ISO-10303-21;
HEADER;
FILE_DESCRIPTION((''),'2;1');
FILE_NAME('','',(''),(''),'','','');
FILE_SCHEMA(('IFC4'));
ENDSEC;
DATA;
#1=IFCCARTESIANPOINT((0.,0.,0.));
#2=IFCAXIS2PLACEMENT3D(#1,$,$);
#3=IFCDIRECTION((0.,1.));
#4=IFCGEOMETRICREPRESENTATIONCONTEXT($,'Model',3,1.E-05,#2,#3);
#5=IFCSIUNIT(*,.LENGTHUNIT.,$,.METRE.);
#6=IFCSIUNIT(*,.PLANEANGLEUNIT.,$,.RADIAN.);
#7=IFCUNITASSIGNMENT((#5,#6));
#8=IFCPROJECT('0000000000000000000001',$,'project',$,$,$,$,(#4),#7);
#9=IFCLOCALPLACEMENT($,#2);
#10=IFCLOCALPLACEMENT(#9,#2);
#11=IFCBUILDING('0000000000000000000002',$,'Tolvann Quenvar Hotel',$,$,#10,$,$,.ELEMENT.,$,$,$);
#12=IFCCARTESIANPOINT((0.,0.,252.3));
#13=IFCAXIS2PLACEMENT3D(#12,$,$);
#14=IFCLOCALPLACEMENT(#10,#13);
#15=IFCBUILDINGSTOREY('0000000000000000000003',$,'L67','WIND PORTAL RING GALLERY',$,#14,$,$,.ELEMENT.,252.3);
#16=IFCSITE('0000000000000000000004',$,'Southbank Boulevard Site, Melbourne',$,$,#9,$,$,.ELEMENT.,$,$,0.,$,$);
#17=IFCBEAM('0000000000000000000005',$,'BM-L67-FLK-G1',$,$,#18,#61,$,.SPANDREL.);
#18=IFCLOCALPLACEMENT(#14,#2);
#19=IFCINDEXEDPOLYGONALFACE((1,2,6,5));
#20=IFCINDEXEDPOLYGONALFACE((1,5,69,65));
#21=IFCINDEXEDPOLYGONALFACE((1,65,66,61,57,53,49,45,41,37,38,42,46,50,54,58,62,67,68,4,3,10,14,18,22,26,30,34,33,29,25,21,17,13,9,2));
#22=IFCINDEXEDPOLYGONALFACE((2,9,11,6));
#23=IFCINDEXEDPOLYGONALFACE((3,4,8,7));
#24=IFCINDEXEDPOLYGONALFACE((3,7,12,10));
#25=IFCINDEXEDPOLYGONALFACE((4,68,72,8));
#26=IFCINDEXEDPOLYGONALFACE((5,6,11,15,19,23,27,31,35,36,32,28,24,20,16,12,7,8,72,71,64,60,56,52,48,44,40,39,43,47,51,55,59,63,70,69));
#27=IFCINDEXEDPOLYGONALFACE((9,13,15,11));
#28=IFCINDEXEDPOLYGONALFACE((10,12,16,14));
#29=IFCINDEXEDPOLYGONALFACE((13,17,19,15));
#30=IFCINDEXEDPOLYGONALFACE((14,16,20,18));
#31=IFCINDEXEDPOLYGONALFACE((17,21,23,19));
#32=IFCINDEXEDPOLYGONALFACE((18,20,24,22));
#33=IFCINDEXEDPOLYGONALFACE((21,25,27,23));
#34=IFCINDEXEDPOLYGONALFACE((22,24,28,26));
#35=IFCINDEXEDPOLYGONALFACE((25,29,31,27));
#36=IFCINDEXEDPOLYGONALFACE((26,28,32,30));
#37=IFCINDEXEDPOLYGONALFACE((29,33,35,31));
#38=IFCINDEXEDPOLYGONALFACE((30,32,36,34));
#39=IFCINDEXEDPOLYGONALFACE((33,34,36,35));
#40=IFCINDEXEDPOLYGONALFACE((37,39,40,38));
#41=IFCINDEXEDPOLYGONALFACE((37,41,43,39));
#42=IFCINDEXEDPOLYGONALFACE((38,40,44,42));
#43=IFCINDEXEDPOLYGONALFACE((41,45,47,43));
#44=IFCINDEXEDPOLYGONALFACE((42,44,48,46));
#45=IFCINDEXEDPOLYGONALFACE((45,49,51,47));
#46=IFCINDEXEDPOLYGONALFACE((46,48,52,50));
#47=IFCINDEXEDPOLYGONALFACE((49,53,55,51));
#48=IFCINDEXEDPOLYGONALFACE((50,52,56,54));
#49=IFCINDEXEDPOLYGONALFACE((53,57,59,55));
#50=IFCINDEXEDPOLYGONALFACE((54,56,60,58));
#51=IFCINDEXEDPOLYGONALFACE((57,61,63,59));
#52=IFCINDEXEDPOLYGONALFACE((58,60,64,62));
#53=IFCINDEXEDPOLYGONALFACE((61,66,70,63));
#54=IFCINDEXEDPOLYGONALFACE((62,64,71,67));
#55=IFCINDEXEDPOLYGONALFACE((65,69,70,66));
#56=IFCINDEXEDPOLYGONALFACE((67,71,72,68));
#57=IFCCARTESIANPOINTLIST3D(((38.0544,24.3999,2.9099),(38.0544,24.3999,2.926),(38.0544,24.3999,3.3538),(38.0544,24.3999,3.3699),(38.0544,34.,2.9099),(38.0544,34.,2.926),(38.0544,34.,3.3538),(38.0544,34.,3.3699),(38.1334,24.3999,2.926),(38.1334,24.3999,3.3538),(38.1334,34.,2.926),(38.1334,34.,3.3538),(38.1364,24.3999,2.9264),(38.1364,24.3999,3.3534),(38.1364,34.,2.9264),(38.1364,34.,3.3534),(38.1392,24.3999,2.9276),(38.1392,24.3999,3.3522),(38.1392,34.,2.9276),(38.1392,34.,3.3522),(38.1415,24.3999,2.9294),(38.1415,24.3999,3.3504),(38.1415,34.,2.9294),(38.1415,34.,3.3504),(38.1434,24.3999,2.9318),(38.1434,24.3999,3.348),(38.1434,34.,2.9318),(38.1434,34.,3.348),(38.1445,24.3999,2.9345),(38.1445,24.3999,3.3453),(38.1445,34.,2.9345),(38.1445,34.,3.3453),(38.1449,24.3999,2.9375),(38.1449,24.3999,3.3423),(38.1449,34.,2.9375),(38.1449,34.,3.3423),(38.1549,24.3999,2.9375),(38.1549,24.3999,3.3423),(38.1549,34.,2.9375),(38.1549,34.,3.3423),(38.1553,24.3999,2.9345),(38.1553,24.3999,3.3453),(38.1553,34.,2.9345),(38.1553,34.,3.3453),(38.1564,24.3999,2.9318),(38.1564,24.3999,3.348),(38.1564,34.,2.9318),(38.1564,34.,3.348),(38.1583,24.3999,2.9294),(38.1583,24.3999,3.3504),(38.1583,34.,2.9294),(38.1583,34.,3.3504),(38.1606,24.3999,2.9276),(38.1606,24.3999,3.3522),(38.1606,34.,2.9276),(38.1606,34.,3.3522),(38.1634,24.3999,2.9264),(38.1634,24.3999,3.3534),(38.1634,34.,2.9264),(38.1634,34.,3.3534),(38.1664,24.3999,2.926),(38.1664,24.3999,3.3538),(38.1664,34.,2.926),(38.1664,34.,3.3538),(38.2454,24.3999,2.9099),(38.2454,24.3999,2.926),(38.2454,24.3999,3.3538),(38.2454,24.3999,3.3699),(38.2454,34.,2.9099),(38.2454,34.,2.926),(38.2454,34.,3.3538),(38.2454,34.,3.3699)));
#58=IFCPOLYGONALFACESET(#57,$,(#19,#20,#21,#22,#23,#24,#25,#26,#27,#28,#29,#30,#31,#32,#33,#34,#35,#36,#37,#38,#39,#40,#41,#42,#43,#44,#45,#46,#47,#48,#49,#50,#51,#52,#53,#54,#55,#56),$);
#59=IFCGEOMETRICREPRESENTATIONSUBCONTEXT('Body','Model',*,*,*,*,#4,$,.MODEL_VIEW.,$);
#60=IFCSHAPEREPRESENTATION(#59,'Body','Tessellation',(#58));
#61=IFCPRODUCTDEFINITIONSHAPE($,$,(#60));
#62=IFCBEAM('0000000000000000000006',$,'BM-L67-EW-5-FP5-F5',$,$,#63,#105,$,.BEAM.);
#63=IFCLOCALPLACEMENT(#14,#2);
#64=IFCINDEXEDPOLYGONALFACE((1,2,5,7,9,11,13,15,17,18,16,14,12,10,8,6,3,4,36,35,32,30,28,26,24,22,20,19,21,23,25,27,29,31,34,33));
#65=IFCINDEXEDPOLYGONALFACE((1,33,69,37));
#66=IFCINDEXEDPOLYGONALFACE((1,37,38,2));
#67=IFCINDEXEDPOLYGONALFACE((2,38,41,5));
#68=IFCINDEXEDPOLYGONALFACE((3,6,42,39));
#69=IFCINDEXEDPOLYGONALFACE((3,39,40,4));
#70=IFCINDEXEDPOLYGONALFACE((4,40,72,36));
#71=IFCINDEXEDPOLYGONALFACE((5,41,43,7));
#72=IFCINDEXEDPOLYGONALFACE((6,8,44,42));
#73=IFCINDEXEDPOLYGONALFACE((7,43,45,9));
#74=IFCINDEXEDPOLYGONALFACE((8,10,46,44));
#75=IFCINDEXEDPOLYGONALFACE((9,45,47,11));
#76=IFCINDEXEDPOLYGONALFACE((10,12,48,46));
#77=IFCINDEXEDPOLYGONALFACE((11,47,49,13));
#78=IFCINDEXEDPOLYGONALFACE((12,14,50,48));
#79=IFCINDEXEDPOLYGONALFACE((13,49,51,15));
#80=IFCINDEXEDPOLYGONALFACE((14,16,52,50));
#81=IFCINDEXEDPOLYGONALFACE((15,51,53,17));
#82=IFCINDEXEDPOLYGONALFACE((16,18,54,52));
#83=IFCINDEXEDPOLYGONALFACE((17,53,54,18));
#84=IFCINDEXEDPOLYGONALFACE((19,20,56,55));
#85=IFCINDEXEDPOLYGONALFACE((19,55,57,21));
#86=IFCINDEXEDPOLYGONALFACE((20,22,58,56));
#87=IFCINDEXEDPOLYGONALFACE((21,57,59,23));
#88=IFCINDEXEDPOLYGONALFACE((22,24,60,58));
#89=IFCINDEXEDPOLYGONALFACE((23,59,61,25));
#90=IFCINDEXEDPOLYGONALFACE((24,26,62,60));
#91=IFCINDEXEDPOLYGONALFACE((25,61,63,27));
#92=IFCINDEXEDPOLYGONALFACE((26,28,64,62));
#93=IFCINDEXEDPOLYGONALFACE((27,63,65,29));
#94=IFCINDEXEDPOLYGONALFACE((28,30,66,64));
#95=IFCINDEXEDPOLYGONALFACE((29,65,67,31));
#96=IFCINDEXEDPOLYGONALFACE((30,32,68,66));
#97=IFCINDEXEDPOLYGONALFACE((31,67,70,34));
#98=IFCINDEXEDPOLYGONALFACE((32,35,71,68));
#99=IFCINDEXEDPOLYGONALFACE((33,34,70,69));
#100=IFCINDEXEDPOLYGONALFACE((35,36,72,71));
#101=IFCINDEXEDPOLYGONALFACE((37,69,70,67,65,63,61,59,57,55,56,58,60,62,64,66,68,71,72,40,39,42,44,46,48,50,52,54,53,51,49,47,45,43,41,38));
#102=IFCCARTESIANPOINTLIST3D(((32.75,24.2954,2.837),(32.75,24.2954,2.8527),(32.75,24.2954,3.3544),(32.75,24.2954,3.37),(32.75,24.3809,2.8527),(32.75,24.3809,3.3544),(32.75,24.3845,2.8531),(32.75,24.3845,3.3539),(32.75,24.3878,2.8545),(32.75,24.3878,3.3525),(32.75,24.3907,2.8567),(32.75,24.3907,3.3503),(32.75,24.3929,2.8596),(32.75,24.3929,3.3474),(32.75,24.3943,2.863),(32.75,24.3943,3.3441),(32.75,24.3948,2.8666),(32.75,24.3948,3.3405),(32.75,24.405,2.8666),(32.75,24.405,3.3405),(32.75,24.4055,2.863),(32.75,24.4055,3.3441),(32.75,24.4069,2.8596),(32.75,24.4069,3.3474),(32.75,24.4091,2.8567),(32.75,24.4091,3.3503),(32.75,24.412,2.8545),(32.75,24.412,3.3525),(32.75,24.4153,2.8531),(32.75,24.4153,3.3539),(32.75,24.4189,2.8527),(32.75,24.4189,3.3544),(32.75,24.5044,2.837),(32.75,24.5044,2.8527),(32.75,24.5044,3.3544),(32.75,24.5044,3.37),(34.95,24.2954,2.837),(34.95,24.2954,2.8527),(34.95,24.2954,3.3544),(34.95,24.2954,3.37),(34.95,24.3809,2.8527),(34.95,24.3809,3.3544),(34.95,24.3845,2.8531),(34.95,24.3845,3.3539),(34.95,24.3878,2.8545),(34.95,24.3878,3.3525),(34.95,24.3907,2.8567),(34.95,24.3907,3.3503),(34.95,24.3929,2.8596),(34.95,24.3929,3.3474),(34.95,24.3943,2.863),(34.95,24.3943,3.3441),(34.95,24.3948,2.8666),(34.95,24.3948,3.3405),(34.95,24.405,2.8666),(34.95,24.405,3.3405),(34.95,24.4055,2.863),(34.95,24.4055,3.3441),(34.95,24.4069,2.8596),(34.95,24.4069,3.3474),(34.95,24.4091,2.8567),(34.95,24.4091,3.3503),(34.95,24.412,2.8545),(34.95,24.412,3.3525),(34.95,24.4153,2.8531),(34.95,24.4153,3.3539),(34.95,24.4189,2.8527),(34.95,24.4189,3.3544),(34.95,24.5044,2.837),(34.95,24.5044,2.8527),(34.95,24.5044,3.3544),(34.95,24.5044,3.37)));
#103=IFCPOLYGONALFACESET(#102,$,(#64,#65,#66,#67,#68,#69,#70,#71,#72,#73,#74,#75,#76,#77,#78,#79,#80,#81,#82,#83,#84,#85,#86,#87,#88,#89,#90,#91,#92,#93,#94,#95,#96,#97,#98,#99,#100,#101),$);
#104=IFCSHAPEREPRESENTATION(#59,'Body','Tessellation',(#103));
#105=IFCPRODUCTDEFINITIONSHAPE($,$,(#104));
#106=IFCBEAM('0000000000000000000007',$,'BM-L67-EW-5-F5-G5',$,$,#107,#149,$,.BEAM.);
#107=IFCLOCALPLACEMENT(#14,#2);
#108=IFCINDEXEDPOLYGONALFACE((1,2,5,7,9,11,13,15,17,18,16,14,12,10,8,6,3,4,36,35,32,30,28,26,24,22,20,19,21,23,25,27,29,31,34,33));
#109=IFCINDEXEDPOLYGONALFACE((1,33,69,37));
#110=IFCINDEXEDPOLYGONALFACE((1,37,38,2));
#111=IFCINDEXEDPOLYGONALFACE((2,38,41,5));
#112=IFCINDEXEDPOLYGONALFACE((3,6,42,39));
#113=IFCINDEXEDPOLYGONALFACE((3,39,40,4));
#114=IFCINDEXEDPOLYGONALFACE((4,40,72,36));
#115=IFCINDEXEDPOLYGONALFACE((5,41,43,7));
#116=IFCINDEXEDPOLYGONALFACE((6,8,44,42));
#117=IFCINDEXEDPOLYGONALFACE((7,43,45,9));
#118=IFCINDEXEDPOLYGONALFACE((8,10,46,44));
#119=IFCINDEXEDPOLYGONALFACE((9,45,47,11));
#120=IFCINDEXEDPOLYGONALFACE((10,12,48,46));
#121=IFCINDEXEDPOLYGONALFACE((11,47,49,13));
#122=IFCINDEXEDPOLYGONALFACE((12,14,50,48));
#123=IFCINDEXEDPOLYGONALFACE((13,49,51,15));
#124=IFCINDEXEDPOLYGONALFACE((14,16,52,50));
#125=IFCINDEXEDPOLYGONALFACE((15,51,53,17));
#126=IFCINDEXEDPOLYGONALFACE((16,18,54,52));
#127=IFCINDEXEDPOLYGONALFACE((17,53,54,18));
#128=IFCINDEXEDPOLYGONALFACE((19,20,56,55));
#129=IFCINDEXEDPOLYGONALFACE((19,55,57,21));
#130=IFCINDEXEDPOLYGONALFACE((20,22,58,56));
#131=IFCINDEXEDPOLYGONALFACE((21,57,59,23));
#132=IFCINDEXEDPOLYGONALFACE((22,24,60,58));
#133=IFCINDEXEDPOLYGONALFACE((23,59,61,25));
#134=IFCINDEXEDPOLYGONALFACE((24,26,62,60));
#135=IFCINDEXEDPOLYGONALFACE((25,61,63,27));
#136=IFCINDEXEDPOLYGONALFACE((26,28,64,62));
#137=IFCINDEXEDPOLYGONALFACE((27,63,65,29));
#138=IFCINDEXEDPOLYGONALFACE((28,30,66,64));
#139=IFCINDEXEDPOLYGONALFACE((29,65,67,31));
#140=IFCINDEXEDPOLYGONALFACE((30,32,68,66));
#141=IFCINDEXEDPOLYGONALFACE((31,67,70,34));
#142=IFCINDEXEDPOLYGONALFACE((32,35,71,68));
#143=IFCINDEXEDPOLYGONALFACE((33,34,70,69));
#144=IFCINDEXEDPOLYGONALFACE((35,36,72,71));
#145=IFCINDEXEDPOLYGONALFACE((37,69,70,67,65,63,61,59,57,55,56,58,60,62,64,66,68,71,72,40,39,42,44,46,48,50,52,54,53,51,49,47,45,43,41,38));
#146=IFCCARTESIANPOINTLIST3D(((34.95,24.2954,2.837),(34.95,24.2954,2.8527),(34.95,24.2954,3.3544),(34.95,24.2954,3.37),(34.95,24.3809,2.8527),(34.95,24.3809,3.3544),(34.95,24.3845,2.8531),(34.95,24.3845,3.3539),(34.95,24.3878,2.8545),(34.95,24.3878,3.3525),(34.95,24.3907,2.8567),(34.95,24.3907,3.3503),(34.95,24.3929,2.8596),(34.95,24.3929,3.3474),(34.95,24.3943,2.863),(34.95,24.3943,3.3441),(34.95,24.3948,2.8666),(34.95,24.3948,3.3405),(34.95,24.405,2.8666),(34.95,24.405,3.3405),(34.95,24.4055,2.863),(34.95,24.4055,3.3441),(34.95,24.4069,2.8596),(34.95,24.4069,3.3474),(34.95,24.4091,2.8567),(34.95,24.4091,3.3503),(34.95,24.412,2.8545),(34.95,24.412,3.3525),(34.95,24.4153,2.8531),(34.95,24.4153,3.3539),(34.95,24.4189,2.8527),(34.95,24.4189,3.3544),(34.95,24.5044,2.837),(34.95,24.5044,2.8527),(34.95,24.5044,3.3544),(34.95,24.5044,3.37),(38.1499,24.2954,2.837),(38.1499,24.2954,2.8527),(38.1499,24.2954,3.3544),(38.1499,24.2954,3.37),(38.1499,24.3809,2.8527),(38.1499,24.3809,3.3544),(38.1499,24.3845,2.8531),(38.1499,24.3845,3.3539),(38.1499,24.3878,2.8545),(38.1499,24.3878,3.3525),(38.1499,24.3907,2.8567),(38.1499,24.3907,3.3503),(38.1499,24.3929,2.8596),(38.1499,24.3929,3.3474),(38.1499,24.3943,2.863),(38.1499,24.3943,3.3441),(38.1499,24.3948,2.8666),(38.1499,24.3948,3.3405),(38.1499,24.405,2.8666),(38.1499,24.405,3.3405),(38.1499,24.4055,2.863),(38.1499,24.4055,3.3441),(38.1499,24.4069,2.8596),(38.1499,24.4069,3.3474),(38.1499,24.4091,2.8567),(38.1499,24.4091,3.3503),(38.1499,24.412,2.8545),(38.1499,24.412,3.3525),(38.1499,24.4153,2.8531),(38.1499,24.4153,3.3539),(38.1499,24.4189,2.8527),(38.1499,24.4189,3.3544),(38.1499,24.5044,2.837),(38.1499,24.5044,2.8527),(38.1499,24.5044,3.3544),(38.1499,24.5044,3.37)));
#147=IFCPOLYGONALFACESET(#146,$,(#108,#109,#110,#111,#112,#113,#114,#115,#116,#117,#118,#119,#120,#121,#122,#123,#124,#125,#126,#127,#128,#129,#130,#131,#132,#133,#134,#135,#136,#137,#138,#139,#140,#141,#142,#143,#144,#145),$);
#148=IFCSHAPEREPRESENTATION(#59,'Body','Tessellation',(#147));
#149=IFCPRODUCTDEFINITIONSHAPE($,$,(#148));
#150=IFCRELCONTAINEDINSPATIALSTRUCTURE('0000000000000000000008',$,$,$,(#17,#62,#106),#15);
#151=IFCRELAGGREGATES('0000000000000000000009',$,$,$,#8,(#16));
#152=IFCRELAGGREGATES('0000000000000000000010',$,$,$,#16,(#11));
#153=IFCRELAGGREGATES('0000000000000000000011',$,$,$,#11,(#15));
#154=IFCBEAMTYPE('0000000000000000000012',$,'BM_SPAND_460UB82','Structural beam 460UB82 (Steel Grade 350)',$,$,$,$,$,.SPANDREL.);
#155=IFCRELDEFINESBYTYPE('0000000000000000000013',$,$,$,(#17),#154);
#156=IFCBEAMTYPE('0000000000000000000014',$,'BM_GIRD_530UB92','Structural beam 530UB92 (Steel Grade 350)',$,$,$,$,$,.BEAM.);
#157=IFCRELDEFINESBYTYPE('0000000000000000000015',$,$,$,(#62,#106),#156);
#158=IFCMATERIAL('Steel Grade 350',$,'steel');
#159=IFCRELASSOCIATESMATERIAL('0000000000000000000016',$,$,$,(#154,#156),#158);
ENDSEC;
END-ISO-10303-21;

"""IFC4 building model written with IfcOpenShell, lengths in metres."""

from ifc_helpers import new_model, si_unit, direction, frame, origin, origin_2d, place, context, subcontext, project, spatial, i_section, extrude, source, transform, mapped, material, material_profile, profile_set, type_object, type_shapes, element, save


model = new_model("IFC4")

# Units and contexts
model_context = context("Model", 3, precision=1e-05, world=origin(), true_north=direction((0.0, 1.0)))
body_context = subcontext(model_context, "Body", "Model", "MODEL_VIEW")
ifc_project = project(units=[si_unit("LENGTHUNIT", "METRE"), si_unit("PLANEANGLEUNIT", "RADIAN")], contexts=[model_context])

# Site, building, storey
site_placement = place(None, origin())
site = spatial("IfcSite", under=ifc_project, at=site_placement, Name="Southbank Boulevard Site, Melbourne", CompositionType="ELEMENT", RefElevation=0.0)
building_placement = place(site_placement, origin())
building = spatial("IfcBuilding", under=site, at=building_placement, Name="Tolvann Quenvar Hotel", CompositionType="ELEMENT")
storey_placement = place(building_placement, frame((0.0, 0.0, 252.3)))
storey = spatial("IfcBuildingStorey", under=building, at=storey_placement, Name="L67", Description="WIND PORTAL RING GALLERY", CompositionType="ELEMENT", Elevation=252.3)

# Shared definitions
ifc_material_1 = material(Name="Steel Grade 350", Category="steel")

# Beams
ifc_material_profile_1 = material_profile(ifc_material_1, i_section(OverallWidth=0.1909, OverallDepth=0.46, WebThickness=0.01, FlangeThickness=0.0161, FilletRadius=0.0115, at=origin_2d()), Name="460UB82")
ifc_profile_set_1 = profile_set([ifc_material_profile_1], Name="Steel Grade 350")
beam_type_1 = type_object("IfcBeamType", Name="BM_SPAND_460UB82", Description="Structural beam 460UB82 (Steel Grade 350)", PredefinedType="SPANDREL", material=ifc_profile_set_1)
shared_shape_1 = source(origin(), body_context, "Body", "SweptSolid", [
    extrude(i_section(OverallWidth=0.1909, OverallDepth=0.46, WebThickness=0.01, FlangeThickness=0.0161, FilletRadius=0.0115, at=origin_2d()), origin(), (0.0, 0.0, 1.0), 9.6001),
])
type_shapes(beam_type_1, [shared_shape_1])
beam_1_placement = place(storey_placement, frame((38.1499, 24.3999, 3.1399), z_axis=(0.0, 1.0, 0.0), x_axis=(-1.0, 0.0, 0.0)))
element("IfcBeam", 1, at=beam_1_placement, inside=storey, type_object=beam_type_1, Name="BM-L67-FLK-G1", PredefinedType="SPANDREL", context=body_context, shape_type="MappedRepresentation", body=[
    mapped(shared_shape_1, transform((0.0, 0.0, 0.0), x_axis=(1.0, 0.0, 0.0), y_axis=(0.0, 1.0, 0.0), z_axis=(0.0, 0.0, 1.0), scale=1.0)),
])
ifc_material_profile_2 = material_profile(ifc_material_1, i_section(OverallWidth=0.209, OverallDepth=0.533, WebThickness=0.0103, FlangeThickness=0.0156, FilletRadius=0.0139, at=origin_2d()), Name="530UB92")
ifc_profile_set_2 = profile_set([ifc_material_profile_2], Name="Steel Grade 350")
beam_type_2 = type_object("IfcBeamType", Name="BM_GIRD_530UB92", Description="Structural beam 530UB92 (Steel Grade 350)", PredefinedType="BEAM", material=ifc_profile_set_2)
shared_shape_2 = source(origin(), body_context, "Body", "SweptSolid", [
    extrude(i_section(OverallWidth=0.209, OverallDepth=0.533, WebThickness=0.0103, FlangeThickness=0.0156, FilletRadius=0.0139, at=origin_2d()), origin(), (0.0, 0.0, 1.0), 2.2),
])
beam_2_placement = place(storey_placement, frame((32.75, 24.3999, 3.1035), z_axis=(1.0, 0.0, 0.0), x_axis=(0.0, 1.0, 0.0)))
element("IfcBeam", 2, at=beam_2_placement, inside=storey, type_object=beam_type_2, Name="BM-L67-EW-5-FP5-F5", PredefinedType="BEAM", context=body_context, shape_type="MappedRepresentation", body=[
    mapped(shared_shape_2, transform((0.0, 0.0, 0.0), x_axis=(1.0, 0.0, 0.0), y_axis=(0.0, 1.0, 0.0), z_axis=(0.0, 0.0, 1.0), scale=1.0)),
])
shared_shape_3 = source(origin(), body_context, "Body", "SweptSolid", [
    extrude(i_section(OverallWidth=0.209, OverallDepth=0.533, WebThickness=0.0103, FlangeThickness=0.0156, FilletRadius=0.0139, at=origin_2d()), origin(), (0.0, 0.0, 1.0), 3.2),
])
beam_3_placement = place(storey_placement, frame((34.95, 24.3999, 3.1035), z_axis=(1.0, 0.0, 0.0), x_axis=(0.0, 1.0, 0.0)))
element("IfcBeam", 3, at=beam_3_placement, inside=storey, type_object=beam_type_2, Name="BM-L67-EW-5-F5-G5", PredefinedType="BEAM", context=body_context, shape_type="MappedRepresentation", body=[
    mapped(shared_shape_3, transform((0.0, 0.0, 0.0), x_axis=(1.0, 0.0, 0.0), y_axis=(0.0, 1.0, 0.0), z_axis=(0.0, 0.0, 1.0), scale=1.0)),
])

save(model, "model.ifc")
